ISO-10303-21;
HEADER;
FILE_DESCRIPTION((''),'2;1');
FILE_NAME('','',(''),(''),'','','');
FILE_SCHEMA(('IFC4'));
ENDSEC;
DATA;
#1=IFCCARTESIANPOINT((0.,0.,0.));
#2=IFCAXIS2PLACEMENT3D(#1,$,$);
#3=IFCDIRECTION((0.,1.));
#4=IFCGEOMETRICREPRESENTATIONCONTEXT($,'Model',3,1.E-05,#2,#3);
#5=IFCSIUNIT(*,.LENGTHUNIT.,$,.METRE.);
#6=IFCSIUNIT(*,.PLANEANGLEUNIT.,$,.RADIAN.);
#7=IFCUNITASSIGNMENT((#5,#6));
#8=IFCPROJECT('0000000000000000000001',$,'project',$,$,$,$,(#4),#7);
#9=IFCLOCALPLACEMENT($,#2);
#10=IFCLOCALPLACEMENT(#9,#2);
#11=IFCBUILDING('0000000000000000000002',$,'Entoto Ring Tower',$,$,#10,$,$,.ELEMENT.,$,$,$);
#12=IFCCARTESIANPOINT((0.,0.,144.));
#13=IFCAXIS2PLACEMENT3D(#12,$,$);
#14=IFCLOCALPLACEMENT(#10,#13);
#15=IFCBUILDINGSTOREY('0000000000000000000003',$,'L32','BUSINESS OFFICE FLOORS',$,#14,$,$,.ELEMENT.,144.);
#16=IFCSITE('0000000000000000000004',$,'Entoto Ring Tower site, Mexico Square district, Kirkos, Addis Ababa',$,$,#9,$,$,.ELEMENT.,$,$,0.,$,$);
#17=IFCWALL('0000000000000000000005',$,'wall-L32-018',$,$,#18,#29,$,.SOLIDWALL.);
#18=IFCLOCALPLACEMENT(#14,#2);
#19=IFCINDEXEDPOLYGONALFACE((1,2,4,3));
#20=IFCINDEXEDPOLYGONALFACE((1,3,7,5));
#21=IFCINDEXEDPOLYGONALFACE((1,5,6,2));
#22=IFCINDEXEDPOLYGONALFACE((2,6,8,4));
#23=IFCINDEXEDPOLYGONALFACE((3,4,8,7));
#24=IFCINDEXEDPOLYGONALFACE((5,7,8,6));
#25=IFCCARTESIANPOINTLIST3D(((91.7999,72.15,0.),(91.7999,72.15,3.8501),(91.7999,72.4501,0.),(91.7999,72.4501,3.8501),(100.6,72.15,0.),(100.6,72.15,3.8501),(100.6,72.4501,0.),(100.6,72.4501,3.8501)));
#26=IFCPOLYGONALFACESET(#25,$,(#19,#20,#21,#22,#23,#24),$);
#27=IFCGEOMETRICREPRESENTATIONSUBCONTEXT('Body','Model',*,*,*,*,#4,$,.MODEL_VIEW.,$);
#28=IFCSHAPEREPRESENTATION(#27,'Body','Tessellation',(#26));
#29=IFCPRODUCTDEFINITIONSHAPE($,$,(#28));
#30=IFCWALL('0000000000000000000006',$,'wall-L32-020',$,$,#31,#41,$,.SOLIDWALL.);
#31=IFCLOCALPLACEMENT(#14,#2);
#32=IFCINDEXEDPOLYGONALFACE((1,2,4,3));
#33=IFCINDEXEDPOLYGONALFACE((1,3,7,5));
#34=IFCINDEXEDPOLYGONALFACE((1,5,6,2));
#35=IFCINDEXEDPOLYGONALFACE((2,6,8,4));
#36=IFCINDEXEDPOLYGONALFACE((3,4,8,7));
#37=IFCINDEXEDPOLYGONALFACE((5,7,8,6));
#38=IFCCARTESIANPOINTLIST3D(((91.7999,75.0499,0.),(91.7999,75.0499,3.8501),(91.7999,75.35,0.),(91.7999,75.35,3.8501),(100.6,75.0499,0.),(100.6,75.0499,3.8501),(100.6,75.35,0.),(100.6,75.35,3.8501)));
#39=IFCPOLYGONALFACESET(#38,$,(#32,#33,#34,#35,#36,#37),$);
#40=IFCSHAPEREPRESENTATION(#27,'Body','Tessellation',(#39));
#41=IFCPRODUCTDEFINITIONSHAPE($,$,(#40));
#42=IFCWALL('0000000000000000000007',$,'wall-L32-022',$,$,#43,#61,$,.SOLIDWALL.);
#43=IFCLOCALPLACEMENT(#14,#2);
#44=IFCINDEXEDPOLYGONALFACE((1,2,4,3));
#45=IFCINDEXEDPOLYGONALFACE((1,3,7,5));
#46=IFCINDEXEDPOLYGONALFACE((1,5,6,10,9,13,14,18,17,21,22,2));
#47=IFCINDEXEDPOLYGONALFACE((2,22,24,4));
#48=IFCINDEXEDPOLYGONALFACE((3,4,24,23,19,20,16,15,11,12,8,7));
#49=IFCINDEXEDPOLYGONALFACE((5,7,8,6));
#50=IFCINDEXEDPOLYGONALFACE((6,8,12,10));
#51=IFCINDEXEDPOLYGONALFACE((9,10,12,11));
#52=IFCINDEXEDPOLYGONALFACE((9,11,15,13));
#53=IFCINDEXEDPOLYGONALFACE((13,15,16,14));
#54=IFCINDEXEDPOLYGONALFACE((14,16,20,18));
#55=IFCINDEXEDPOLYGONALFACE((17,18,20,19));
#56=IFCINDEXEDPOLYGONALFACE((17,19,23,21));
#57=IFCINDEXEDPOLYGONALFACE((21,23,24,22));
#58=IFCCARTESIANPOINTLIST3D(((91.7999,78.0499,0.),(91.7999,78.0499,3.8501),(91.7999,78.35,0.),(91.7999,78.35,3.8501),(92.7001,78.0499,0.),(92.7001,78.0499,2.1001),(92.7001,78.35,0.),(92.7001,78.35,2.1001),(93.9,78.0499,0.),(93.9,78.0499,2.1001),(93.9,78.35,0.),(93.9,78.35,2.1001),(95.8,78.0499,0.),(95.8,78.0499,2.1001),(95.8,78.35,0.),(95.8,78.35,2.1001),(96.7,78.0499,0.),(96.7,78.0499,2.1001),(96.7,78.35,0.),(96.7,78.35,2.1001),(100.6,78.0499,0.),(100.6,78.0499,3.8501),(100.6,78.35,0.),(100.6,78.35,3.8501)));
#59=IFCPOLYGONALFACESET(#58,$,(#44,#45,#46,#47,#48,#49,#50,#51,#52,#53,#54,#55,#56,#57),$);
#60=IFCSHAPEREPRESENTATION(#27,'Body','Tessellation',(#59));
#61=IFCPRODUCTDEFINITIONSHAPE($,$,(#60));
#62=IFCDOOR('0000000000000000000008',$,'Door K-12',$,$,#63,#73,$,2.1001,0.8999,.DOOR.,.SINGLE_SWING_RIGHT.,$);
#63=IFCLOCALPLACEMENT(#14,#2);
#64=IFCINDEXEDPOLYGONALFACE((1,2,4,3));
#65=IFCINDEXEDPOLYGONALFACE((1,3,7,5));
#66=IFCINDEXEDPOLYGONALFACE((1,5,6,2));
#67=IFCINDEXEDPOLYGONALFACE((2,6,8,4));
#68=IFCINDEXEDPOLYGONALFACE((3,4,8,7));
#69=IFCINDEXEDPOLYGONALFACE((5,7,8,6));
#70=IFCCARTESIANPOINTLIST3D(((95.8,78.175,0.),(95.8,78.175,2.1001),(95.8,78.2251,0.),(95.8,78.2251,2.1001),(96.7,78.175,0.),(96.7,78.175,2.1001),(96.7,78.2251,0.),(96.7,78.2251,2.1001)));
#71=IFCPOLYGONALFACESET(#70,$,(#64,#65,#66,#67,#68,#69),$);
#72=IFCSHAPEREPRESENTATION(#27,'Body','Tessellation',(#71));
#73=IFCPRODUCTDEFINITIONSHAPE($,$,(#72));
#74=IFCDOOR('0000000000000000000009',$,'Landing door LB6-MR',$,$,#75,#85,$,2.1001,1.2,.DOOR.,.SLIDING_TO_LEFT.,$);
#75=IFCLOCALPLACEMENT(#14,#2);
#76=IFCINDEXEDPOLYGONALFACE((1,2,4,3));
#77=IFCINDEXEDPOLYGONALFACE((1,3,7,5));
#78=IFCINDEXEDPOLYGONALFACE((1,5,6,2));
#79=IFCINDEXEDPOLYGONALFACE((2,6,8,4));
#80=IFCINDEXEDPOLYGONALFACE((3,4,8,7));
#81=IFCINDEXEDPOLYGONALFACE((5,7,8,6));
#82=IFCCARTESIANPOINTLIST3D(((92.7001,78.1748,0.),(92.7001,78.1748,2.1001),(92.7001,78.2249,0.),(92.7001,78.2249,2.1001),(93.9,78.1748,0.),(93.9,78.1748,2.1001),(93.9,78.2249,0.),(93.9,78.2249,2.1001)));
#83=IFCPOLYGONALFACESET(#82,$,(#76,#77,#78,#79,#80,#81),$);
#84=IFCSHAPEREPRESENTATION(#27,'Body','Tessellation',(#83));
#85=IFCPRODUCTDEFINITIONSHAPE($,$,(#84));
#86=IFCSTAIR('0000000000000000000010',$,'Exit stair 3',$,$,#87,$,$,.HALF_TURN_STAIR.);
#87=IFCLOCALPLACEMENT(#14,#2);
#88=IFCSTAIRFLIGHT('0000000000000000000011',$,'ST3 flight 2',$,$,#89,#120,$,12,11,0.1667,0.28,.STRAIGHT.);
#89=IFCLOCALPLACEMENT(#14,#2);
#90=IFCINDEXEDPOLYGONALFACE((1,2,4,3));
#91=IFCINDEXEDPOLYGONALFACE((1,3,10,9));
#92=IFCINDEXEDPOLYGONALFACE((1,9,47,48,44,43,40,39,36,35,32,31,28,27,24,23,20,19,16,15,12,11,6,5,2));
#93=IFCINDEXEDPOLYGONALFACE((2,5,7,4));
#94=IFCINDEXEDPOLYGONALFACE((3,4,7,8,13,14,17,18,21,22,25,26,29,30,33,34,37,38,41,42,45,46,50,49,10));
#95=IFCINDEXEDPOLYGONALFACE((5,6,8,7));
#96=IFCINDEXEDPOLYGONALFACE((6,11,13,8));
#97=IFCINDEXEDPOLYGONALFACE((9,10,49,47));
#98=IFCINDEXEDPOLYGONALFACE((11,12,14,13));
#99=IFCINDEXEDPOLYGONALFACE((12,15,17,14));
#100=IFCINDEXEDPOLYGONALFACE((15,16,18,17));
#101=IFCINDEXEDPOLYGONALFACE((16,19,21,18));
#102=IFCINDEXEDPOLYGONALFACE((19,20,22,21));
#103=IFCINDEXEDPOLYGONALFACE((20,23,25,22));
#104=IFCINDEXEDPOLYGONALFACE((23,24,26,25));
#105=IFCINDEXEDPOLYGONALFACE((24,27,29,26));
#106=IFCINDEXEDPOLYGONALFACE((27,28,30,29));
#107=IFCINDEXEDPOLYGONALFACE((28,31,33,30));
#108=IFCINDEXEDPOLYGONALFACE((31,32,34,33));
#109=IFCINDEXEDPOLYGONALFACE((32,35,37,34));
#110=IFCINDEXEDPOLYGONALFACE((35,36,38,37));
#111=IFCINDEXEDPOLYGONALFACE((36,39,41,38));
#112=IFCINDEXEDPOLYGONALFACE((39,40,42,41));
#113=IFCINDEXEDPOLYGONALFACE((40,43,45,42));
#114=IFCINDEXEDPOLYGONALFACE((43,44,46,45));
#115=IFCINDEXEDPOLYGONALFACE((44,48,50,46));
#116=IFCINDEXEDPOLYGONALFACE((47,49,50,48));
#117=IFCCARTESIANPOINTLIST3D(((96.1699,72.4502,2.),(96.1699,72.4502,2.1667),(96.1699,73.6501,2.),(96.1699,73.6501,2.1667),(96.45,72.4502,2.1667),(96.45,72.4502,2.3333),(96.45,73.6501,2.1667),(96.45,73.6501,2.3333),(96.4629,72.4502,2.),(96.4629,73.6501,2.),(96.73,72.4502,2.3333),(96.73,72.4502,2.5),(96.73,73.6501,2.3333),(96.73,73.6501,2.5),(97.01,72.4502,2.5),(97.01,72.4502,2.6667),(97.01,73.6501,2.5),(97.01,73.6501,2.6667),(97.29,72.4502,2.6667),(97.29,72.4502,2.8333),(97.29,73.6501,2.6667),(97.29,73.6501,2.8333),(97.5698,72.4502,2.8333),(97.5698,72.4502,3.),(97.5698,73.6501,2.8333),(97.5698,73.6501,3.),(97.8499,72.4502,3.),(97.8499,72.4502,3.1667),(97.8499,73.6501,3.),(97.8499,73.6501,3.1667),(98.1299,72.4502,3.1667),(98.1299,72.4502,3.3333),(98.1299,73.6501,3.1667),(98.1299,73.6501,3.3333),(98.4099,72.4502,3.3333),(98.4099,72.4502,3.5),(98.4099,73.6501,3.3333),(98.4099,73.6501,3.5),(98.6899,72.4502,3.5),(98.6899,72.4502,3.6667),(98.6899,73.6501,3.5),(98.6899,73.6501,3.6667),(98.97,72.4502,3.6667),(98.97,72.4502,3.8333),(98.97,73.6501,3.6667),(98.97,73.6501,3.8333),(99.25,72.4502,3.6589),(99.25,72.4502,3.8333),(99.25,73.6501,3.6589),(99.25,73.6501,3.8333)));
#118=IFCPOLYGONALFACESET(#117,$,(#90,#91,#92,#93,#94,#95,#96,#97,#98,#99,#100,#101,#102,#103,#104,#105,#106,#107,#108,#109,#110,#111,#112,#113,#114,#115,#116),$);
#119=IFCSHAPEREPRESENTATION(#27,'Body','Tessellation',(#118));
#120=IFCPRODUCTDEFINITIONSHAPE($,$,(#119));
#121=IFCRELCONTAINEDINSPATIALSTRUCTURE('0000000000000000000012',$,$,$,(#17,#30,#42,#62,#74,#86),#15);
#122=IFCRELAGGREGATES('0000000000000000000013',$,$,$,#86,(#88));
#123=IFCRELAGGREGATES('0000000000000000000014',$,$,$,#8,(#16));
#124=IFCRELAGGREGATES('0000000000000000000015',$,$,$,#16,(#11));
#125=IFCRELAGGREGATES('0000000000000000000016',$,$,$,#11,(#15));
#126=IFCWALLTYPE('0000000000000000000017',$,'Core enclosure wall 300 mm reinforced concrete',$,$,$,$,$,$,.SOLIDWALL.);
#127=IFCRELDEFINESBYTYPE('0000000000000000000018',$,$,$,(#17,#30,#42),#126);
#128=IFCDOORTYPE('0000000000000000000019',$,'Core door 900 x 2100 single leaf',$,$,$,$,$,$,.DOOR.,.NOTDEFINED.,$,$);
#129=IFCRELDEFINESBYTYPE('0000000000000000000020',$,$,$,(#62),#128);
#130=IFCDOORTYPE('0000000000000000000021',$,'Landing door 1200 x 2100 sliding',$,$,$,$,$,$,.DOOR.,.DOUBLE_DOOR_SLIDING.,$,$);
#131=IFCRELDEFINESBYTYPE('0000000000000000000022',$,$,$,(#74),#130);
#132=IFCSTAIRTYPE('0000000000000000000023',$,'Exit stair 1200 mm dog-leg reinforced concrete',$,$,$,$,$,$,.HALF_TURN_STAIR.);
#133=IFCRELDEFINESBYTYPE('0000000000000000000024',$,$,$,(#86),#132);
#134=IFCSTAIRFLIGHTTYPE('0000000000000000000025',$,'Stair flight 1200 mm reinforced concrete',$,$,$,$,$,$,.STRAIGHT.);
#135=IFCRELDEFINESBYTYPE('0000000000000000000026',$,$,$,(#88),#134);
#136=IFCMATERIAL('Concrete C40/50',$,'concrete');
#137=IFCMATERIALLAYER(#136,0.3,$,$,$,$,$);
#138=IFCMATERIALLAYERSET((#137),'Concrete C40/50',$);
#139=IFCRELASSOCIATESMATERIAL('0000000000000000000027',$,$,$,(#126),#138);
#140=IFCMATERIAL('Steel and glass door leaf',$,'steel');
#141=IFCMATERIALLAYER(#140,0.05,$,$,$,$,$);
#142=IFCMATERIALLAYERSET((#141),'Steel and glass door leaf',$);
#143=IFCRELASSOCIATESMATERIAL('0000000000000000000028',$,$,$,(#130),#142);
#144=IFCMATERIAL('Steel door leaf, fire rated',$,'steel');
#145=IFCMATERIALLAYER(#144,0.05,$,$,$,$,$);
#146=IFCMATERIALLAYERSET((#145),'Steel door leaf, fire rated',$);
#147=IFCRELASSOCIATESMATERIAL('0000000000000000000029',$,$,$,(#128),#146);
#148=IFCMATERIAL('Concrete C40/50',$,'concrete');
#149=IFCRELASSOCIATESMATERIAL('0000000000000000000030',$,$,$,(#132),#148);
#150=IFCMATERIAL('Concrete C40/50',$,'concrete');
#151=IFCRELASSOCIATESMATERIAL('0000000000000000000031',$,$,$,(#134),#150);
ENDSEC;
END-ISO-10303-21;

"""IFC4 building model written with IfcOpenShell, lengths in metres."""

from ifc_helpers import new_model, si_unit, direction, frame, frame_2d, origin, place, context, subcontext, project, spatial, polyline, rectangle, outline, extrude, material, layer, layer_set, type_object, element, fill, aggregate, save


model = new_model("IFC4")

# Units and contexts
model_context = context("Model", 3, precision=1e-05, world=origin(), true_north=direction((0.0, 1.0)))
body_context = subcontext(model_context, "Body", "Model", "MODEL_VIEW")
ifc_project = project(units=[si_unit("LENGTHUNIT", "METRE"), si_unit("PLANEANGLEUNIT", "RADIAN")], contexts=[model_context])

# Site, building, storey
site_placement = place(None, origin())
site = spatial("IfcSite", under=ifc_project, at=site_placement, Name="Entoto Ring Tower site, Mexico Square district, Kirkos, Addis Ababa", CompositionType="ELEMENT", RefElevation=0.0)
building_placement = place(site_placement, origin())
building = spatial("IfcBuilding", under=site, at=building_placement, Name="Entoto Ring Tower", CompositionType="ELEMENT")
storey_placement = place(building_placement, frame((0.0, 0.0, 144.0)))
storey = spatial("IfcBuildingStorey", under=building, at=storey_placement, Name="L32", Description="BUSINESS OFFICE FLOORS", CompositionType="ELEMENT", Elevation=144.0)

# Shared definitions
ifc_material_1 = material(Name="Concrete C40/50", Category="concrete")
ifc_layer_1 = layer(ifc_material_1, 0.3)
ifc_layer_set_1 = layer_set([ifc_layer_1], Name="Concrete C40/50")
wall_type = type_object("IfcWallType", Name="Core enclosure wall 300 mm reinforced concrete", PredefinedType="SOLIDWALL", material=ifc_layer_set_1)

# Shared definitions
ifc_material_2 = material(Name="Steel and glass door leaf", Category="steel")
ifc_layer_2 = layer(ifc_material_2, 0.05)
ifc_layer_set_2 = layer_set([ifc_layer_2], Name="Steel and glass door leaf")
door_type_1 = type_object("IfcDoorType", Name="Landing door 1200 x 2100 sliding", OperationType="DOUBLE_DOOR_SLIDING", PredefinedType="DOOR", material=ifc_layer_set_2)

# Walls
for number, where, z_axis, x_axis, name in (
    (1, (91.8, 72.3, 0.0), (0.0, 0.0, 1.0), (1.0, 0.0, 0.0), "wall-L32-018"),
    (2, (91.8, 75.2, 0.0), (0.0, 0.0, 1.0), (1.0, 0.0, 0.0), "wall-L32-020"),
):
    element("IfcWall", number, at=place(storey_placement, frame(where, z_axis=z_axis, x_axis=x_axis)), inside=storey, type_object=wall_type, Name=name, PredefinedType="SOLIDWALL", context=body_context, shape_type="SweptSolid", body=[
        extrude(rectangle(XDim=8.8, YDim=0.3, at=frame_2d((4.3999, 0.0))), origin(), (0.0, 0.0, 1.0), 3.8501),
    ])

# Wall, openings, doors
wall_1_placement = place(storey_placement, frame((91.8, 78.2, 0.0), z_axis=(0.0, 0.0, 1.0), x_axis=(1.0, 0.0, 0.0)))
wall_1 = element("IfcWall", 3, at=wall_1_placement, inside=storey, type_object=wall_type, Name="wall-L32-022", PredefinedType="SOLIDWALL", context=body_context, shape_type="SweptSolid", body=[
    extrude(rectangle(XDim=8.8, YDim=0.3, at=frame_2d((4.3999, 0.0))), origin(), (0.0, 0.0, 1.0), 3.8501),
])
opening_1_placement = place(wall_1_placement, frame((0.8999, 0.0, 0.0)))
opening_1 = element("IfcOpeningElement", 4, at=opening_1_placement, cuts=wall_1, PredefinedType="OPENING", context=body_context, shape_type="SweptSolid", body=[
    extrude(rectangle(XDim=1.2, YDim=2.1001, at=frame_2d((0.6001, 1.05))), frame((0.0, 0.1602, 0.0), z_axis=(0.0, -1.0, 0.0), x_axis=(1.0, 0.0, 0.0)), (0.0, 0.0, 1.0), 0.3201),
])
opening_2_placement = place(wall_1_placement, frame((4.0, 0.0, 0.0)))
opening_2 = element("IfcOpeningElement", 5, at=opening_2_placement, cuts=wall_1, PredefinedType="OPENING", context=body_context, shape_type="SweptSolid", body=[
    extrude(rectangle(XDim=0.8999, YDim=2.1001, at=frame_2d((0.45, 1.05))), frame((0.0, 0.1602, 0.0), z_axis=(0.0, -1.0, 0.0), x_axis=(1.0, 0.0, 0.0)), (0.0, 0.0, 1.0), 0.3201),
])
ifc_material_3 = material(Name="Steel door leaf, fire rated", Category="steel")
ifc_layer_3 = layer(ifc_material_3, 0.05)
ifc_layer_set_3 = layer_set([ifc_layer_3], Name="Steel door leaf, fire rated")
door_type_2 = type_object("IfcDoorType", Name="Core door 900 x 2100 single leaf", OperationType="NOTDEFINED", PredefinedType="DOOR", material=ifc_layer_set_3)
door_1_placement = place(opening_2_placement, frame((0.8999, 0.0, 0.0), z_axis=(0.0, 0.0, 1.0), x_axis=(-1.0, 0.0, 0.0)))
door_1 = element("IfcDoor", 6, at=door_1_placement, inside=storey, type_object=door_type_2, Name="Door K-12", OperationType="SINGLE_SWING_RIGHT", OverallHeight=2.1001, OverallWidth=0.8999, PredefinedType="DOOR", context=body_context, shape_type="SweptSolid", body=[
    extrude(rectangle(XDim=0.8999, YDim=2.1001, at=frame_2d((0.45, 1.05))), frame((0.0, 0.0249, 0.0), z_axis=(0.0, -1.0, 0.0), x_axis=(1.0, 0.0, 0.0)), (0.0, 0.0, 1.0), 0.05),
])
fill(opening_2, door_1)
door_2_placement = place(opening_1_placement, origin())
door_2 = element("IfcDoor", 7, at=door_2_placement, inside=storey, type_object=door_type_1, Name="Landing door LB6-MR", OperationType="SLIDING_TO_LEFT", OverallHeight=2.1001, OverallWidth=1.2, PredefinedType="DOOR", context=body_context, shape_type="SweptSolid", body=[
    extrude(rectangle(XDim=1.2, YDim=2.1001, at=frame_2d((0.6001, 1.05))), frame((0.0, 0.0249, 0.0), z_axis=(0.0, -1.0, 0.0), x_axis=(1.0, 0.0, 0.0)), (0.0, 0.0, 1.0), 0.05),
])
fill(opening_1, door_2)

# Stair, stair flight
ifc_material_4 = material(Name="Concrete C40/50", Category="concrete")
stair_type = type_object("IfcStairType", Name="Exit stair 1200 mm dog-leg reinforced concrete", PredefinedType="HALF_TURN_STAIR", material=ifc_material_4)
stair_placement = place(storey_placement, origin())
stair = element("IfcStair", 8, at=stair_placement, inside=storey, type_object=stair_type, Name="Exit stair 3", PredefinedType="HALF_TURN_STAIR")
ifc_material_5 = material(Name="Concrete C40/50", Category="concrete")
stair_flight_type = type_object("IfcStairFlightType", Name="Stair flight 1200 mm reinforced concrete", PredefinedType="STRAIGHT", material=ifc_material_5)
stair_flight_placement = place(storey_placement, frame((96.1699, 73.05, 2.0), z_axis=(0.0, 0.0, 1.0), x_axis=(1.0, 0.0, 0.0)))
stair_flight = element("IfcStairFlight", 9, at=stair_flight_placement, type_object=stair_flight_type, Name="ST3 flight 2", NumberOfRisers=12, NumberOfTreads=11, PredefinedType="STRAIGHT", RiserHeight=0.1667, TreadLength=0.28, context=body_context, shape_type="SweptSolid", body=[
    extrude(outline(polyline([(0.0, 0.0), (0.0, 0.1667), (0.28, 0.1667), (0.28, 0.3333), (0.5601, 0.3333), (0.5601, 0.5), (0.8401, 0.5), (0.8401, 0.6667), (1.1201, 0.6667), (1.1201, 0.8333), (1.3999, 0.8333), (1.3999, 1.0), (1.6799, 1.0), (1.6799, 1.1667), (1.96, 1.1667), (1.96, 1.3333), (2.24, 1.3333), (2.24, 1.5), (2.52, 1.5), (2.52, 1.6667), (2.8, 1.6667), (2.8, 1.8333), (3.0801, 1.8333), (3.0801, 2.0), (3.0801, 1.6589), (0.293, 0.0), (0.0, 0.0)])), frame((0.0, 0.6001, 0.0), z_axis=(0.0, -1.0, 0.0), x_axis=(1.0, 0.0, 0.0)), (0.0, 0.0, 1.0), 1.2),
])
aggregate(stair, [stair_flight])

save(model, "model.ifc")
